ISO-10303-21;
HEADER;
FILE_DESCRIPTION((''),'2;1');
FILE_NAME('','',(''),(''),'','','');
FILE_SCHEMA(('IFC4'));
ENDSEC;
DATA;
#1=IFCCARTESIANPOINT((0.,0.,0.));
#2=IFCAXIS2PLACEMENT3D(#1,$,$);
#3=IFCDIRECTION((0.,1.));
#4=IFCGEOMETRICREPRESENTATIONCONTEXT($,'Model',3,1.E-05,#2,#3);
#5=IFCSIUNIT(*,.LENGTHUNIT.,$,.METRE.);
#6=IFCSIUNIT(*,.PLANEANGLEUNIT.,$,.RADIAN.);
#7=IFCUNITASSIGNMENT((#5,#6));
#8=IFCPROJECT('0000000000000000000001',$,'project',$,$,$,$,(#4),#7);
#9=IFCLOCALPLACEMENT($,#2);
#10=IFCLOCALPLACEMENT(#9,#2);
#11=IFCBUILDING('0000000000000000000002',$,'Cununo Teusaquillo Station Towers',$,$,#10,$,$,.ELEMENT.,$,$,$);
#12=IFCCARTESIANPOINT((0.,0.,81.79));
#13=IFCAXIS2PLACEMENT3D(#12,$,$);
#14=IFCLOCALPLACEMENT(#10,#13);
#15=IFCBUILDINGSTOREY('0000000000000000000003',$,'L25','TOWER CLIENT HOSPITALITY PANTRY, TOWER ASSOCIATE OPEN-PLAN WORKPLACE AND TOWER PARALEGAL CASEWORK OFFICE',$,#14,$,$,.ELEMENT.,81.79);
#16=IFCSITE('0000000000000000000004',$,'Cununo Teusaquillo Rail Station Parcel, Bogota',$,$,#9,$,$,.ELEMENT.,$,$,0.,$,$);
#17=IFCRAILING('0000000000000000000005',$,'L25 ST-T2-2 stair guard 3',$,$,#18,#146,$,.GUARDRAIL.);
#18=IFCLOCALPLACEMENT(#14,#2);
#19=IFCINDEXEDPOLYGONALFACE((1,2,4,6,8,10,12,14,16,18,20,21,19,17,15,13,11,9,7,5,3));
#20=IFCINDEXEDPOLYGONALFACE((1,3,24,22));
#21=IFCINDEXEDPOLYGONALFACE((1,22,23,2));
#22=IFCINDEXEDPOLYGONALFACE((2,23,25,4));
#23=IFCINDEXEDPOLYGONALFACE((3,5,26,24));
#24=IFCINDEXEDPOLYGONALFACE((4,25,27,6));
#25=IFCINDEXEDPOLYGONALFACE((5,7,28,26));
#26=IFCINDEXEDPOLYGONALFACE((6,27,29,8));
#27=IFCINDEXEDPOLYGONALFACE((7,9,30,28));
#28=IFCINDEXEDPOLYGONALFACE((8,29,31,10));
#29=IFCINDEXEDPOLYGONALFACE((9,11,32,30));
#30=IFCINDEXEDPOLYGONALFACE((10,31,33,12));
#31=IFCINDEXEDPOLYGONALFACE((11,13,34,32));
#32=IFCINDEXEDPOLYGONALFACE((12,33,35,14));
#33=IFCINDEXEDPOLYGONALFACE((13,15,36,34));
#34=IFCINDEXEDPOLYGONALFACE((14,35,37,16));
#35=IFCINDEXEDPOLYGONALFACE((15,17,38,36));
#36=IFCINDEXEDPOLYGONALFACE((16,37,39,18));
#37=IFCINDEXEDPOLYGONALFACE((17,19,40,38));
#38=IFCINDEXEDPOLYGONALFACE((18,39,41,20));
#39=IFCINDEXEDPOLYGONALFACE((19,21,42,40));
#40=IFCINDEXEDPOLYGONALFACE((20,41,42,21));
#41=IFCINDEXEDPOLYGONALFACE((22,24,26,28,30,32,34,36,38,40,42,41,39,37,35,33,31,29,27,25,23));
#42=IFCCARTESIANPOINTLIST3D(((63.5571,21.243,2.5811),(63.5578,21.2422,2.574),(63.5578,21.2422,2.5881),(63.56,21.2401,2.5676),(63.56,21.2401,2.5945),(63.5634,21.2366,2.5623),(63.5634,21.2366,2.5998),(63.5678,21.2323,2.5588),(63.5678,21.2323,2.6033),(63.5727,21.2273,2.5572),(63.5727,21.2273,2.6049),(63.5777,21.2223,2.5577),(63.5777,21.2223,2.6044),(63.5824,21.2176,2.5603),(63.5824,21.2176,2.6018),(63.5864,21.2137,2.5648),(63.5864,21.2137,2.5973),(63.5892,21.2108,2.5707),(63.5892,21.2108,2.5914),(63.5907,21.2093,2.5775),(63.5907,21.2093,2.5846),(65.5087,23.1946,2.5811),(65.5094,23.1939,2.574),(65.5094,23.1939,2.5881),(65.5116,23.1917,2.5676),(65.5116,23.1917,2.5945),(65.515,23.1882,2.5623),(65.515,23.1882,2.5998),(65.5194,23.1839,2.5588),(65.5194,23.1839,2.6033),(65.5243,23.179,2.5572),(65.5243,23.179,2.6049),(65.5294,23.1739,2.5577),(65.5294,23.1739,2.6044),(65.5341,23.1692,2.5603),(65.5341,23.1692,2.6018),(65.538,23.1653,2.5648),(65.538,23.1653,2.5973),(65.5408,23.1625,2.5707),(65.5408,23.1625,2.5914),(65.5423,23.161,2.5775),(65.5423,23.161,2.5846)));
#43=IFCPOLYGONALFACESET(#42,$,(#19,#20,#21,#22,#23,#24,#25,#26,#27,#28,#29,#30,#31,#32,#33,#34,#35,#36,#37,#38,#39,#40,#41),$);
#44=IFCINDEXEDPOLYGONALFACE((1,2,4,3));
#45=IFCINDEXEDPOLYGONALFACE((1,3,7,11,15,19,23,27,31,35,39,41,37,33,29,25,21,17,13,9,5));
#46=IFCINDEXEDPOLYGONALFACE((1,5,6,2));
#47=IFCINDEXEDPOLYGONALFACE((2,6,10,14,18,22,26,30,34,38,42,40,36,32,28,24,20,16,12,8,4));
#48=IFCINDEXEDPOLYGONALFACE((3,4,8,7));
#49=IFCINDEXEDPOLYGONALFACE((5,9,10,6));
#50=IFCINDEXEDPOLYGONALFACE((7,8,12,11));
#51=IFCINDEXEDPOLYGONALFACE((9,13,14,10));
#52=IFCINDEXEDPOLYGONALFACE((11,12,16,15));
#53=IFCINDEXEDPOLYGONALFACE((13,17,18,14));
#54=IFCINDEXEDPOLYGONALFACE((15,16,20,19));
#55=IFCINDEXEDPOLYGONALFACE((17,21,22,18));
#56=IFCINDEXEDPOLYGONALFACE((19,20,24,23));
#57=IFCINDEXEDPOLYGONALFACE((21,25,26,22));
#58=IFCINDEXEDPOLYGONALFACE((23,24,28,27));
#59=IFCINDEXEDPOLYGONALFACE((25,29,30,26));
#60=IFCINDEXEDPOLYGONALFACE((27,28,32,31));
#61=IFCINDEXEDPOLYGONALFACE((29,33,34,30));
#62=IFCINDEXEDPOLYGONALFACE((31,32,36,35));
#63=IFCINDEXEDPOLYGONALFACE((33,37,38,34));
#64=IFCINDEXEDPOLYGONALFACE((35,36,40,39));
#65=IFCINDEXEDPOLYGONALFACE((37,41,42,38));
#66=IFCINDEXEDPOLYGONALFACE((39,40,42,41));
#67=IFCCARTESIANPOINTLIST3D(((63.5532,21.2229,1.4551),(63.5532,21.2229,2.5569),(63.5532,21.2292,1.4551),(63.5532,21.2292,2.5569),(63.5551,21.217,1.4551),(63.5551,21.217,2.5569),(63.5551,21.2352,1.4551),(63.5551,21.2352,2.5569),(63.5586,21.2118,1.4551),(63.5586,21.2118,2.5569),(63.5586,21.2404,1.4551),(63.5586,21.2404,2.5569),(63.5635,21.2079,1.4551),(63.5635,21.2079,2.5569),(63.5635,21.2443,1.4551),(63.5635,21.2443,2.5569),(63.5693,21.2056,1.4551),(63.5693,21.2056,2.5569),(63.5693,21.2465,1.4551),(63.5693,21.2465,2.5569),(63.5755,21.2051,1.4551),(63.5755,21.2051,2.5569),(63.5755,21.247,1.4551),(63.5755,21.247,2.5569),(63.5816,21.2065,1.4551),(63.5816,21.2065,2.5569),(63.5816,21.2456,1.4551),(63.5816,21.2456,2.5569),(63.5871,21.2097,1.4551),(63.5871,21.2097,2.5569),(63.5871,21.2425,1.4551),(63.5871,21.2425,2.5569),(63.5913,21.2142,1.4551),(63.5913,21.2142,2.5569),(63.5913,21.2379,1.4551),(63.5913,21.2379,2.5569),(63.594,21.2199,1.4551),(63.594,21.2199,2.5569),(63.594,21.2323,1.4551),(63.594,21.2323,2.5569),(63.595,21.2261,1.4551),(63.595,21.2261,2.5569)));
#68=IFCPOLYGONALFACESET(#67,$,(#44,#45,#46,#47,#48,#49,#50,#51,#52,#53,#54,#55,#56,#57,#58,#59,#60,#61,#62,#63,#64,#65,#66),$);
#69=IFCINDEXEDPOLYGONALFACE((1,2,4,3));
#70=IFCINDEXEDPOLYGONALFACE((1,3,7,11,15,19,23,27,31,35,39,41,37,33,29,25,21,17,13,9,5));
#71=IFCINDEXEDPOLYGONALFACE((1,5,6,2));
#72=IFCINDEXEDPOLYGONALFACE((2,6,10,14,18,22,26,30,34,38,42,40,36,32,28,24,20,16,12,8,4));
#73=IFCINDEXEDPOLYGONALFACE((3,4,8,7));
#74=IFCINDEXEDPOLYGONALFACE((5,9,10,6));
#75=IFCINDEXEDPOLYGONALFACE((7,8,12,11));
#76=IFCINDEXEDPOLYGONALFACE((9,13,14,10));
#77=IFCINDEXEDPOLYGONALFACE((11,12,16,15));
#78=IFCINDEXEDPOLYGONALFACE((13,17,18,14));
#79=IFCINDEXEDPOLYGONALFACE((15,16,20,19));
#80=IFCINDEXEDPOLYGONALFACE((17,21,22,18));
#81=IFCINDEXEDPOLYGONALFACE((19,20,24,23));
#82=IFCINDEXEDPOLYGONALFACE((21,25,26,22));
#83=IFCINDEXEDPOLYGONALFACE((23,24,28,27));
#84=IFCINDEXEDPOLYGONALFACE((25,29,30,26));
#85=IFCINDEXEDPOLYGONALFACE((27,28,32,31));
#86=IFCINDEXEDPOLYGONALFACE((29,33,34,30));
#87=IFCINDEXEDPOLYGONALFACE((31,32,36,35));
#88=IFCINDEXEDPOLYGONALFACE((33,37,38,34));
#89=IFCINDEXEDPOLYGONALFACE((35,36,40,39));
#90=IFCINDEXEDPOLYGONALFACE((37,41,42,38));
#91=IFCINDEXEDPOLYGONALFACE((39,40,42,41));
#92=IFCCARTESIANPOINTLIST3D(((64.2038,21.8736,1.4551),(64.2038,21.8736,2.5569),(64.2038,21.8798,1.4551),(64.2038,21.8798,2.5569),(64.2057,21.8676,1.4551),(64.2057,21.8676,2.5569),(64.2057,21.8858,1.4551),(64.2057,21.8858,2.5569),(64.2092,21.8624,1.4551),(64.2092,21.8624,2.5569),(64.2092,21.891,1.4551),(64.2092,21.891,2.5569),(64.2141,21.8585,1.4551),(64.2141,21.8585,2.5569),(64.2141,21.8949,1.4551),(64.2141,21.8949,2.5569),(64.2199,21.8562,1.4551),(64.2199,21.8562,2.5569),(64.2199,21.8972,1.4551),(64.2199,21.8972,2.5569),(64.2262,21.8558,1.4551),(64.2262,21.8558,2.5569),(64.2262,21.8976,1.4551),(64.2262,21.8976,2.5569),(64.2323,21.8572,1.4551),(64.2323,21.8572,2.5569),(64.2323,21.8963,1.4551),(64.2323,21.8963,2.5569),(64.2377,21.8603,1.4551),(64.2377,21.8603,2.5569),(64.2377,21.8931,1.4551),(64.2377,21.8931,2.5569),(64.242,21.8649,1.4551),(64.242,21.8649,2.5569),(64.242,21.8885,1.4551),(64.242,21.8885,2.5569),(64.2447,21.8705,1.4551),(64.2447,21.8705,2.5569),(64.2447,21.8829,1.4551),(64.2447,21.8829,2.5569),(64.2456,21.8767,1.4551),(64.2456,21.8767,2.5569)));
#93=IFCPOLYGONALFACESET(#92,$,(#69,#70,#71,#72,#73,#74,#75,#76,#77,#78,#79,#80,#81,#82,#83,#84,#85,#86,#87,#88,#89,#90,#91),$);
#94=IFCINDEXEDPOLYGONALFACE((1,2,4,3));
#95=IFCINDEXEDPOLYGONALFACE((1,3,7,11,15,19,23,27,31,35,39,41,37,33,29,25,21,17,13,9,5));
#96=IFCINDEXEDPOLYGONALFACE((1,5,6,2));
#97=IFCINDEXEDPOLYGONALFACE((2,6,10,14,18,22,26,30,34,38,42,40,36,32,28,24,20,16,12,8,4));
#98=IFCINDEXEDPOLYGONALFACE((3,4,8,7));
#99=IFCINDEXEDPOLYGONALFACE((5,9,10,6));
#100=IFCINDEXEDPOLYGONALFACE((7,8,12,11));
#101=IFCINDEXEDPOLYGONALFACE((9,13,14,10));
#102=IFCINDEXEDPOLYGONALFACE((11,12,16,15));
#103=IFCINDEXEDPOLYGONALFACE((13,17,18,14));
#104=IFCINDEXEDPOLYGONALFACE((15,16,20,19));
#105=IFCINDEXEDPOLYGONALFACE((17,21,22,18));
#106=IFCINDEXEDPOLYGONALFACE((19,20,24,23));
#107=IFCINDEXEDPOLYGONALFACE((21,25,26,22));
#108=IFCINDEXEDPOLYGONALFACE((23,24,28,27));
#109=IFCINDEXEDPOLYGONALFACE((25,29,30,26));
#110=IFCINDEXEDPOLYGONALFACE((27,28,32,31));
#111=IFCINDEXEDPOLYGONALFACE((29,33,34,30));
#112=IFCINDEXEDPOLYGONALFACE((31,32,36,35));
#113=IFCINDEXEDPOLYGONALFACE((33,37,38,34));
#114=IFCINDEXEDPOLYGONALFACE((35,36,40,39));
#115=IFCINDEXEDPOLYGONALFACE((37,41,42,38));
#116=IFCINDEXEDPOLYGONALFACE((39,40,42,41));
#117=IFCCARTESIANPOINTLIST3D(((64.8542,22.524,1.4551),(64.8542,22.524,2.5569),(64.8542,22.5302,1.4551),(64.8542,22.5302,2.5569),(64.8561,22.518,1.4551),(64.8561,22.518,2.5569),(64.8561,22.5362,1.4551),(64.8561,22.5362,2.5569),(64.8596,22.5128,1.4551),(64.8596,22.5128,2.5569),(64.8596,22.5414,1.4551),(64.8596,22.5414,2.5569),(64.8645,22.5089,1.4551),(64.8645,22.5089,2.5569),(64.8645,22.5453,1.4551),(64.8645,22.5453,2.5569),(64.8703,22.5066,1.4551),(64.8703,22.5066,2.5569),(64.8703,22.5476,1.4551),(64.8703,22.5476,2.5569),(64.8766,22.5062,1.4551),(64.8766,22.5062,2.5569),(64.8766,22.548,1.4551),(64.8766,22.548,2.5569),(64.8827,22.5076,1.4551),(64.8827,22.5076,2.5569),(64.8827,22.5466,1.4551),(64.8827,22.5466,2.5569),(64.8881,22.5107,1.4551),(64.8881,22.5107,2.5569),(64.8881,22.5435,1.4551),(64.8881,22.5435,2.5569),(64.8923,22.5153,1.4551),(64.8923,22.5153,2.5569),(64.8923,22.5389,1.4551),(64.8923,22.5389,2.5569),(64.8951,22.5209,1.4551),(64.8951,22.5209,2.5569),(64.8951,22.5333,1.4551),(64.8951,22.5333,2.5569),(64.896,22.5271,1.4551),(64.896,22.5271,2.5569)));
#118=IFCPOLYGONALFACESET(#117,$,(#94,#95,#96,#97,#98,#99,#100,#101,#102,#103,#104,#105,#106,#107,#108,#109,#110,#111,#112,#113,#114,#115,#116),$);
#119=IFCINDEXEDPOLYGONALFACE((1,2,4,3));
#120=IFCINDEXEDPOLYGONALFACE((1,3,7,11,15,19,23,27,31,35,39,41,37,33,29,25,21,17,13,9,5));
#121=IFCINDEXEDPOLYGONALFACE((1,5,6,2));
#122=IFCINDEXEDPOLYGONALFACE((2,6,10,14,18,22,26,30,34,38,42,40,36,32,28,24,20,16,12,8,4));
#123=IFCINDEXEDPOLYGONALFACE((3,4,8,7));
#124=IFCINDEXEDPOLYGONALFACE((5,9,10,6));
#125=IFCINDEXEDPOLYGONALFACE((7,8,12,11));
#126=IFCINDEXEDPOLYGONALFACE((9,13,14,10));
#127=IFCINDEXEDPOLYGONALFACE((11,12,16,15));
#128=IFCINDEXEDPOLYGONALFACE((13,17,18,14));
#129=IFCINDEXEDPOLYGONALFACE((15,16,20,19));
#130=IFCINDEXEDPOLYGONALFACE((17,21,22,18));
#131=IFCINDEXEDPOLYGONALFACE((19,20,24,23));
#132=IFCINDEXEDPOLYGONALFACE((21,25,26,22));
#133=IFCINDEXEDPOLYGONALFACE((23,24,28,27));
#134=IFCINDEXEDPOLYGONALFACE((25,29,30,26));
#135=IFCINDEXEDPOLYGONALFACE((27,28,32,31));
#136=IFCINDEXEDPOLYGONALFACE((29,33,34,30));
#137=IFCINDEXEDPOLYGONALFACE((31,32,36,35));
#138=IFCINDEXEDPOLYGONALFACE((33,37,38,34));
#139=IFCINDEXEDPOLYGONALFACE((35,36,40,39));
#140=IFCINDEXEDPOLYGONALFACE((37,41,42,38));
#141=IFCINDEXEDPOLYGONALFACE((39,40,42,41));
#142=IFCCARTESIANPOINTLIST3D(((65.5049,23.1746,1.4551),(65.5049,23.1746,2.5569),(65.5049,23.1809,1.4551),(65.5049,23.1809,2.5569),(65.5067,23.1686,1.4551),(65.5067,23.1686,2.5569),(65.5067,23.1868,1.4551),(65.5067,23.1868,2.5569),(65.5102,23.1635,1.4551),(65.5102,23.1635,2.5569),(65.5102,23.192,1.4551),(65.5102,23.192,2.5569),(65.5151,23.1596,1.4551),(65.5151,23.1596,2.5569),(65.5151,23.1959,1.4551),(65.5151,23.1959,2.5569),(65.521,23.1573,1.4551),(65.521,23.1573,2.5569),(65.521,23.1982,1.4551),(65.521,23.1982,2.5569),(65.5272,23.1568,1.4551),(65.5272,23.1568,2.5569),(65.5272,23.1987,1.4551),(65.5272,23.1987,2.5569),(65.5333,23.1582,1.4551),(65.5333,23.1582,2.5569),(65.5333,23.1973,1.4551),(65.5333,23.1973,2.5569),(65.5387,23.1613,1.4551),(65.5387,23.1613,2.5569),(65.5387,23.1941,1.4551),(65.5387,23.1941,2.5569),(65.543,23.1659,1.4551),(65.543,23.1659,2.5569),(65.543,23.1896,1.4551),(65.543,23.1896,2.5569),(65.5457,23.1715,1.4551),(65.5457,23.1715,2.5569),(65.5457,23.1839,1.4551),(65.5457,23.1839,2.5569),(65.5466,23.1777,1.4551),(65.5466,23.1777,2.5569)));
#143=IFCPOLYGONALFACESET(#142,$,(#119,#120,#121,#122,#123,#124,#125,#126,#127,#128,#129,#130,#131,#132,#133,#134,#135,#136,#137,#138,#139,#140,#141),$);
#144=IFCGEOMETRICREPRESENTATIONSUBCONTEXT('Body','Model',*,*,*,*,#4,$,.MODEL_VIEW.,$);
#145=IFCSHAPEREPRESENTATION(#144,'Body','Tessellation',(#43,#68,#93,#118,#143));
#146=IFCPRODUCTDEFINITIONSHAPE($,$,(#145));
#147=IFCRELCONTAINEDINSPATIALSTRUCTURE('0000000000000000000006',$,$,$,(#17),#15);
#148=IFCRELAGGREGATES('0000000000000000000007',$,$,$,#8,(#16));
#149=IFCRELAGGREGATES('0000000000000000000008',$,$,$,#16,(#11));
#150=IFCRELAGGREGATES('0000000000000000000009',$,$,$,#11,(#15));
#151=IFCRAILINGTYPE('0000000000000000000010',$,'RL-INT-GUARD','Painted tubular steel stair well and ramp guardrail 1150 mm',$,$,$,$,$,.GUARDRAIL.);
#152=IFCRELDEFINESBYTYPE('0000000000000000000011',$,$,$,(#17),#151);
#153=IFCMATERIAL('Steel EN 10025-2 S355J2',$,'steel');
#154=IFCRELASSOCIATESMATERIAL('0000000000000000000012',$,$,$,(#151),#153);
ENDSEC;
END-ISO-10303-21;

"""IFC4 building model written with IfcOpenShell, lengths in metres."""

from ifc_helpers import new_model, si_unit, direction, frame, origin, origin_2d, place, context, subcontext, project, spatial, circle, extrude, material, type_object, element, save


model = new_model("IFC4")

# Units and contexts
model_context = context("Model", 3, precision=1e-05, world=origin(), true_north=direction((0.0, 1.0)))
body_context = subcontext(model_context, "Body", "Model", "MODEL_VIEW")
ifc_project = project(units=[si_unit("LENGTHUNIT", "METRE"), si_unit("PLANEANGLEUNIT", "RADIAN")], contexts=[model_context])

# Site, building, storey
site_placement = place(None, origin())
site = spatial("IfcSite", under=ifc_project, at=site_placement, Name="Cununo Teusaquillo Rail Station Parcel, Bogota", CompositionType="ELEMENT", RefElevation=0.0)
building_placement = place(site_placement, origin())
building = spatial("IfcBuilding", under=site, at=building_placement, Name="Cununo Teusaquillo Station Towers", CompositionType="ELEMENT")
storey_placement = place(building_placement, frame((0.0, 0.0, 81.79)))
storey = spatial("IfcBuildingStorey", under=building, at=storey_placement, Name="L25", Description="TOWER CLIENT HOSPITALITY PANTRY, TOWER ASSOCIATE OPEN-PLAN WORKPLACE AND TOWER PARALEGAL CASEWORK OFFICE", CompositionType="ELEMENT", Elevation=81.79)

# Railing
ifc_material_1 = material(Name="Steel EN 10025-2 S355J2", Category="steel")
railing_type = type_object("IfcRailingType", Name="RL-INT-GUARD", Description="Painted tubular steel stair well and ramp guardrail 1150 mm", PredefinedType="GUARDRAIL", material=ifc_material_1)
railing_1_placement = place(storey_placement, frame((63.574, 21.2261, 1.4551)))
element("IfcRailing", 1, at=railing_1_placement, inside=storey, type_object=railing_type, Name="L25 ST-T2-2 stair guard 3", PredefinedType="GUARDRAIL", context=body_context, shape_type="SweptSolid", body=[
    extrude(circle(Radius=0.0239, at=origin_2d()), frame((0.0, 0.0, 1.126), z_axis=(0.707107, 0.707107, 0.0), x_axis=(-0.707107, 0.707107, 0.0)), (0.0, 0.0, 1.0), 2.76),
    extrude(circle(Radius=0.021, at=origin_2d()), origin(), (0.0, 0.0, 1.0), 1.1018),
    extrude(circle(Radius=0.021, at=origin_2d()), frame((0.6506, 0.6506, 0.0)), (0.0, 0.0, 1.0), 1.1018),
    extrude(circle(Radius=0.021, at=origin_2d()), frame((1.301, 1.301, 0.0)), (0.0, 0.0, 1.0), 1.1018),
    extrude(circle(Radius=0.021, at=origin_2d()), frame((1.9517, 1.9517, 0.0)), (0.0, 0.0, 1.0), 1.1018),
])

save(model, "model.ifc")
